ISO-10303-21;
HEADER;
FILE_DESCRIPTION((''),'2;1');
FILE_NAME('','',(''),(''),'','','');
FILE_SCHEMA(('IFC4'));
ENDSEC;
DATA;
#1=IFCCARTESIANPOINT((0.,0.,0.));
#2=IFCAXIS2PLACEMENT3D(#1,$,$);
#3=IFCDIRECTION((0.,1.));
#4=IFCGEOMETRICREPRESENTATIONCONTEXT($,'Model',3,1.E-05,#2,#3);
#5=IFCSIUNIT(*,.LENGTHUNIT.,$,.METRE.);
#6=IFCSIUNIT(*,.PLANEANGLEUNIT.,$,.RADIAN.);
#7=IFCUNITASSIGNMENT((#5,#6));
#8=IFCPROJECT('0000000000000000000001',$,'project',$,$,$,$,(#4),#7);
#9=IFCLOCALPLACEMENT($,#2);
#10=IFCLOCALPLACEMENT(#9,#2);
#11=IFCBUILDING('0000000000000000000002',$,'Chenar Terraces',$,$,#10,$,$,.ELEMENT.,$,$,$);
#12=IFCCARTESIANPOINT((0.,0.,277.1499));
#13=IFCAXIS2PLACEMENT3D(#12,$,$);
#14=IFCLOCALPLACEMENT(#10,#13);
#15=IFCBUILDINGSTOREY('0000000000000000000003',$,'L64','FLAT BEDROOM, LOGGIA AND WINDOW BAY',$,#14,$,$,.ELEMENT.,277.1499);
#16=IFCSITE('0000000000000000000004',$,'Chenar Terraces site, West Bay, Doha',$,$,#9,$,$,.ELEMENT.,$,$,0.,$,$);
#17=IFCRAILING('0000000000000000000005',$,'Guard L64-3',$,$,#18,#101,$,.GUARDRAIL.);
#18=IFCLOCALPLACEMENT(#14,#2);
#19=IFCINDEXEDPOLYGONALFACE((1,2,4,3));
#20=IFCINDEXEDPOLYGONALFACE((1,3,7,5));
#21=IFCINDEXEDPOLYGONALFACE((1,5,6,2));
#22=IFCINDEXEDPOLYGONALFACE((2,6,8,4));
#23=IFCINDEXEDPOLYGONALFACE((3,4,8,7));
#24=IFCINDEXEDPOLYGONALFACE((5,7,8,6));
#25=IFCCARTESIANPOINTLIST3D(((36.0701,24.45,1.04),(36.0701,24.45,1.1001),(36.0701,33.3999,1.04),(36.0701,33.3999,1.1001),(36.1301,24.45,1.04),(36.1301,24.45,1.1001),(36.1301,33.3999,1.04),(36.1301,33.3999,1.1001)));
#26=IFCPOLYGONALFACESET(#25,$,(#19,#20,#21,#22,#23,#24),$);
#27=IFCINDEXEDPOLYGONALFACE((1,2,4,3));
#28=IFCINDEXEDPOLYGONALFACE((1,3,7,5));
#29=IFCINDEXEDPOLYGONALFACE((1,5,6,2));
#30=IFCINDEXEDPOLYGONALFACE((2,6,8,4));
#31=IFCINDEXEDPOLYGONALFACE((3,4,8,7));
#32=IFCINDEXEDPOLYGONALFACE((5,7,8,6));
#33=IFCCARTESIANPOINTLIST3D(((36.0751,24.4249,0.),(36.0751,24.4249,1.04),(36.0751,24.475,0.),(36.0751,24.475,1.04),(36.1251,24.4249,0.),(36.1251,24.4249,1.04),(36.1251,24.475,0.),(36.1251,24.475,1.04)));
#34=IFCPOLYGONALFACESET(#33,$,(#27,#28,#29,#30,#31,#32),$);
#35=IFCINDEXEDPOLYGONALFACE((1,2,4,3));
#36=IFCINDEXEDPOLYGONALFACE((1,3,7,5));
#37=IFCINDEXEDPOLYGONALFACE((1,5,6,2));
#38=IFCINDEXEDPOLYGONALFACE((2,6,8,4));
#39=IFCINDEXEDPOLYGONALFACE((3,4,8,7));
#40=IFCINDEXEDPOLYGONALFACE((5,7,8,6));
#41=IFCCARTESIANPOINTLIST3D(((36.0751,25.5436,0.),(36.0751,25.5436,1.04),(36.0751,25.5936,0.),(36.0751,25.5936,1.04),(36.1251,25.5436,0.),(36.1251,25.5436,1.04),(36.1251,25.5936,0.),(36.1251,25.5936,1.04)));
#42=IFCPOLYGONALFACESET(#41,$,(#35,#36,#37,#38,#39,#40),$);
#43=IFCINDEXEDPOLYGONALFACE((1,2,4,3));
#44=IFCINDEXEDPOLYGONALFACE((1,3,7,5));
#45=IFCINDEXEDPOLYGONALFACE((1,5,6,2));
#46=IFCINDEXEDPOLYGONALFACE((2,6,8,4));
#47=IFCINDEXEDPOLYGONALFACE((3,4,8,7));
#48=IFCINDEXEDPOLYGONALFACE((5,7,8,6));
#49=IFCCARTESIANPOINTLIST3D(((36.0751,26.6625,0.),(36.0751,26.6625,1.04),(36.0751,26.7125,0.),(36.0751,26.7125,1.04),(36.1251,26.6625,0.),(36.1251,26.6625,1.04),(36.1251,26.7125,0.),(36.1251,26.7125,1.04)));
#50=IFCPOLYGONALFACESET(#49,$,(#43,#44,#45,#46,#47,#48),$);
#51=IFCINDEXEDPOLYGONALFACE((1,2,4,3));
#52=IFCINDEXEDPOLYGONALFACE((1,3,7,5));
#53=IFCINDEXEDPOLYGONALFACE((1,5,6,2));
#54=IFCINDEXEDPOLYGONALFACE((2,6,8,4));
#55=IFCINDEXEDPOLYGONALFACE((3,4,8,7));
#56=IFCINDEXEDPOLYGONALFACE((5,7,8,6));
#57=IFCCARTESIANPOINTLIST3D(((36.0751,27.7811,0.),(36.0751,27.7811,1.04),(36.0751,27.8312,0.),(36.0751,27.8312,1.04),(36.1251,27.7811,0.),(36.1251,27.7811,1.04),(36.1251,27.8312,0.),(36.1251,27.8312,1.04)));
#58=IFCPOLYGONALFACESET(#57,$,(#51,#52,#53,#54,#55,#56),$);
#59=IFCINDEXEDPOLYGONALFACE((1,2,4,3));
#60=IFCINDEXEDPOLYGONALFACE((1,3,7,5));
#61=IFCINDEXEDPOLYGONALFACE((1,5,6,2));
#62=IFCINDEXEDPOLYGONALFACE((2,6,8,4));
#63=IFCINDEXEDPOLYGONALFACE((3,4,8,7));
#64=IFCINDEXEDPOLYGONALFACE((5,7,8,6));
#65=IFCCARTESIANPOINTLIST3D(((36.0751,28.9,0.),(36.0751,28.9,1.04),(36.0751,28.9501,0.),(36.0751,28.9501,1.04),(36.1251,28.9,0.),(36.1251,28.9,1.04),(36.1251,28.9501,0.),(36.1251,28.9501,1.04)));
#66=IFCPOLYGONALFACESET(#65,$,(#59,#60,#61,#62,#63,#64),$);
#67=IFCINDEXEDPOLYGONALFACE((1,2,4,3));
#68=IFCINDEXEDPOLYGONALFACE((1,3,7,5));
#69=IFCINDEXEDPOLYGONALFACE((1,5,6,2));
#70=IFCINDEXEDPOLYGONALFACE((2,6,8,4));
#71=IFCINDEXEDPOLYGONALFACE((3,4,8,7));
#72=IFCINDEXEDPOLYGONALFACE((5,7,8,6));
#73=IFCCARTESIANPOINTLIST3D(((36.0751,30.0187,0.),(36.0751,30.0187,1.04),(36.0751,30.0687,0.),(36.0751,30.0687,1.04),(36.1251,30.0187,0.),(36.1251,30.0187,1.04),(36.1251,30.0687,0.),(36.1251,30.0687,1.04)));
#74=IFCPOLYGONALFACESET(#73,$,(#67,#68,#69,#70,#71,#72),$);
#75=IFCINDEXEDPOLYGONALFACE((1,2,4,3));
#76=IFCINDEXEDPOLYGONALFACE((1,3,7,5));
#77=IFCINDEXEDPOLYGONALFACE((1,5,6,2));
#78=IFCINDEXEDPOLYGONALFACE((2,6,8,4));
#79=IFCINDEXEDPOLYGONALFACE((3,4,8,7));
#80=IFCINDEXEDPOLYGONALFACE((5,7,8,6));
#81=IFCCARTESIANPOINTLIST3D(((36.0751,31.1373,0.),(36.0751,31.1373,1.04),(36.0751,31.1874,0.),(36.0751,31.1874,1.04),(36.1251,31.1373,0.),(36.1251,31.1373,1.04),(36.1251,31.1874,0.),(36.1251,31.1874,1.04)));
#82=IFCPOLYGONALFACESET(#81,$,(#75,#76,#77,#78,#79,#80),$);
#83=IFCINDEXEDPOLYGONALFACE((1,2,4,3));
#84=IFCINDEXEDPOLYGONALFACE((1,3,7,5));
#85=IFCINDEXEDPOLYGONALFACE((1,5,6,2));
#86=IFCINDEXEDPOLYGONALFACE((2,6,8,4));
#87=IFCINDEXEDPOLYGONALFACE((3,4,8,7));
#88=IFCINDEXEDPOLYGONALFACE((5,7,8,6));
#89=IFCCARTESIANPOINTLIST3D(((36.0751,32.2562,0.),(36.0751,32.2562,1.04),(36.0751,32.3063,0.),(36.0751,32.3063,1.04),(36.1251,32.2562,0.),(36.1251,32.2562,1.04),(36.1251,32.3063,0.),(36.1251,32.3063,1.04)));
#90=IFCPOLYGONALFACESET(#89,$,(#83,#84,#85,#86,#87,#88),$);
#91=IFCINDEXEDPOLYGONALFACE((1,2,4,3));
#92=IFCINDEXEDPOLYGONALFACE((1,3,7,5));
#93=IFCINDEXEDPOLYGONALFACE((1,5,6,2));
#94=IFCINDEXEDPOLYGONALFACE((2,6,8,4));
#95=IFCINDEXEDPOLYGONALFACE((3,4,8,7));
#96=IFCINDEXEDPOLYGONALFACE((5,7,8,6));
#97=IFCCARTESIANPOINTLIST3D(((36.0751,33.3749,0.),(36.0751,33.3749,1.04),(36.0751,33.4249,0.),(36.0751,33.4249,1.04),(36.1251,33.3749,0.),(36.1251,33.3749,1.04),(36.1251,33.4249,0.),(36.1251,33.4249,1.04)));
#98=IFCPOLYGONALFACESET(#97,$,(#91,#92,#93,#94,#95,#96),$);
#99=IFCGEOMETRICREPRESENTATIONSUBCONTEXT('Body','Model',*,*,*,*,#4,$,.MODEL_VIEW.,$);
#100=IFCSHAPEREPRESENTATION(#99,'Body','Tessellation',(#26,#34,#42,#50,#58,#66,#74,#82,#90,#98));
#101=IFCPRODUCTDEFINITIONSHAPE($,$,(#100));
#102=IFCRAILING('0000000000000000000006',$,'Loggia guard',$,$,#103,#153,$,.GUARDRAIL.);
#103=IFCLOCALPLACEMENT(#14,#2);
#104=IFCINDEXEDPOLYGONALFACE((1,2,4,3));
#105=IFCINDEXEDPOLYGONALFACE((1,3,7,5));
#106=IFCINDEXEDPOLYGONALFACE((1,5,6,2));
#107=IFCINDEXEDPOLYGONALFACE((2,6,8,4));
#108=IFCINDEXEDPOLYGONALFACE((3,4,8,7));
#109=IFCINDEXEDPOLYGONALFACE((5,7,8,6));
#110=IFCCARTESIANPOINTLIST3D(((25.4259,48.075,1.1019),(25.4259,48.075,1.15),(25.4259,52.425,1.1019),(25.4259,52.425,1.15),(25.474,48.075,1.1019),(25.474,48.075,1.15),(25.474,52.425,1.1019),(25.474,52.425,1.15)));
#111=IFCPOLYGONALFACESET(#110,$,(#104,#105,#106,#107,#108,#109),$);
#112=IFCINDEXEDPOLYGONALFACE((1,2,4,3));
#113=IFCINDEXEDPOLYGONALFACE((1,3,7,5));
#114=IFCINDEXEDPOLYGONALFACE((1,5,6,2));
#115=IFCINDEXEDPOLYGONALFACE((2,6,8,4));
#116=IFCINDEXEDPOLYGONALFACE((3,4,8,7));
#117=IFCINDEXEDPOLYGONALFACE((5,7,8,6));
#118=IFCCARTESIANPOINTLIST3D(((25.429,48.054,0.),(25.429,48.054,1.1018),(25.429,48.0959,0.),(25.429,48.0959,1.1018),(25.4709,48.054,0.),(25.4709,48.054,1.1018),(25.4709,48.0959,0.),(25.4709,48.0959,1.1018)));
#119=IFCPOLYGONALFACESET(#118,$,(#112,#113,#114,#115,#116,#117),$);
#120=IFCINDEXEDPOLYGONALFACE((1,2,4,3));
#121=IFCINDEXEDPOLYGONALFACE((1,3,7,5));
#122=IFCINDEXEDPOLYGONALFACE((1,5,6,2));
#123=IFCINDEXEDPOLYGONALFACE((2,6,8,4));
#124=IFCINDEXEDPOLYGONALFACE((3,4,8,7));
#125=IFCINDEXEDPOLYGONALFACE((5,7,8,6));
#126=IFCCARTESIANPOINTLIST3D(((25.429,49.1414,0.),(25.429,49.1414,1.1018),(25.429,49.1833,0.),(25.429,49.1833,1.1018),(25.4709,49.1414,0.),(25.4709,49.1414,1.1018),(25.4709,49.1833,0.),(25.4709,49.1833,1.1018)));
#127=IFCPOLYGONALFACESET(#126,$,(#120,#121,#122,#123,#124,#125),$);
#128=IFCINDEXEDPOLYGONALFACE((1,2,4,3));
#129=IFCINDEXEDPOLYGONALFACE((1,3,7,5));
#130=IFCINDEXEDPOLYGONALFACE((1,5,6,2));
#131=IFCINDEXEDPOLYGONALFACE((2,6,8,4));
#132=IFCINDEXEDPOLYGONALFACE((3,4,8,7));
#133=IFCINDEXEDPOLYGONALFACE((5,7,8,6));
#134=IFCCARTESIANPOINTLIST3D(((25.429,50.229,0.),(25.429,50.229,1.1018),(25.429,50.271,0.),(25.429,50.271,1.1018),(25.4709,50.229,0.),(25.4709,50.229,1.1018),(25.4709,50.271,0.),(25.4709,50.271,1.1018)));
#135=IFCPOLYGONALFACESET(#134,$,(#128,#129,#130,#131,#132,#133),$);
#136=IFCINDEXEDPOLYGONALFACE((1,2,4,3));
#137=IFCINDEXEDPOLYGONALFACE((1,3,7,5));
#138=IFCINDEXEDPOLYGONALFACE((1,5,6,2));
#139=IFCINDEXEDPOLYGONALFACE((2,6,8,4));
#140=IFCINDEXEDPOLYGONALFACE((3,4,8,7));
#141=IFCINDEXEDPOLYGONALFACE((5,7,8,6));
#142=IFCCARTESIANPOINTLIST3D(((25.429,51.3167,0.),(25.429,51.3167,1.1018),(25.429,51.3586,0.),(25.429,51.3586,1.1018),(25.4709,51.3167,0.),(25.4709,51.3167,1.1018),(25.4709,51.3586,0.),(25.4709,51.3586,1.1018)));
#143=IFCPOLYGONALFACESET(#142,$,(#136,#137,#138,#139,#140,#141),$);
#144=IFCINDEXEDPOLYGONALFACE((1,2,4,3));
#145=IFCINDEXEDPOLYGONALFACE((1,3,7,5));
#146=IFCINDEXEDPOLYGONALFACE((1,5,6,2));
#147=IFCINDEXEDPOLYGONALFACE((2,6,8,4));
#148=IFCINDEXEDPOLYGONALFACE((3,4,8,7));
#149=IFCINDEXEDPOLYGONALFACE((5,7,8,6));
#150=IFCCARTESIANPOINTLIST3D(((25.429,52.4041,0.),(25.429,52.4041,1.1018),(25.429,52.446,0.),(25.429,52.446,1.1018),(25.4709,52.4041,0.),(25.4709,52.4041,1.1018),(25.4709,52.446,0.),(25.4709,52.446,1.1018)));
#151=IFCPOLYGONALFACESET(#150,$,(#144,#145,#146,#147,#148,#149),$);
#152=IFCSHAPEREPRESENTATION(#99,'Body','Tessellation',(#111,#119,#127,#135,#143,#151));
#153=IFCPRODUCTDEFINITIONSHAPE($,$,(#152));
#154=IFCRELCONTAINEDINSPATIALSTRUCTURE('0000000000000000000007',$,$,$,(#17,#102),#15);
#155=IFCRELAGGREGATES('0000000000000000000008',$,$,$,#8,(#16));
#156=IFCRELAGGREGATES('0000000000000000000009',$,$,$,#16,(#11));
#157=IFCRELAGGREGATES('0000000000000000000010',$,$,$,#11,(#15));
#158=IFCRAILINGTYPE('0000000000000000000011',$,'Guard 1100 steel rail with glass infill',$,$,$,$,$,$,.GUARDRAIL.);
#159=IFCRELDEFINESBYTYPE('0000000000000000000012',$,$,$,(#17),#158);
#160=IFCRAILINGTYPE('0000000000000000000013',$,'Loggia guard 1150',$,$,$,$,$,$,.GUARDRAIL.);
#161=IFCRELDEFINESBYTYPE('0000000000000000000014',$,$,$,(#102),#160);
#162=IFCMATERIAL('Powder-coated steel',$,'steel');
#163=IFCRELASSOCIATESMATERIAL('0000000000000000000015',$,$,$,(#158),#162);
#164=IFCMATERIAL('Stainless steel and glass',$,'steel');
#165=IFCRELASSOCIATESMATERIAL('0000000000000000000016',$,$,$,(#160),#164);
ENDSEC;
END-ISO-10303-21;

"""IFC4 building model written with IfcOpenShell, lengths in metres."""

from ifc_helpers import new_model, si_unit, direction, frame, origin, origin_2d, place, context, subcontext, project, spatial, rectangle, extrude, material, type_object, element, save


model = new_model("IFC4")

# Units and contexts
model_context = context("Model", 3, precision=1e-05, world=origin(), true_north=direction((0.0, 1.0)))
body_context = subcontext(model_context, "Body", "Model", "MODEL_VIEW")
ifc_project = project(units=[si_unit("LENGTHUNIT", "METRE"), si_unit("PLANEANGLEUNIT", "RADIAN")], contexts=[model_context])

# Site, building, storey
site_placement = place(None, origin())
site = spatial("IfcSite", under=ifc_project, at=site_placement, Name="Chenar Terraces site, West Bay, Doha", CompositionType="ELEMENT", RefElevation=0.0)
building_placement = place(site_placement, origin())
building = spatial("IfcBuilding", under=site, at=building_placement, Name="Chenar Terraces", CompositionType="ELEMENT")
storey_placement = place(building_placement, frame((0.0, 0.0, 277.1499)))
storey = spatial("IfcBuildingStorey", under=building, at=storey_placement, Name="L64", Description="FLAT BEDROOM, LOGGIA AND WINDOW BAY", CompositionType="ELEMENT", Elevation=277.1499)

# Railings
ifc_material_1 = material(Name="Powder-coated steel", Category="steel")
railing_type_1 = type_object("IfcRailingType", Name="Guard 1100 steel rail with glass infill", PredefinedType="GUARDRAIL", material=ifc_material_1)
railing_1_placement = place(storey_placement, frame((36.1001, 24.45, 0.0)))
element("IfcRailing", 1, at=railing_1_placement, inside=storey, type_object=railing_type_1, Name="Guard L64-3", PredefinedType="GUARDRAIL", context=body_context, shape_type="SweptSolid", body=[
    extrude(rectangle(XDim=0.0601, YDim=0.0601, at=origin_2d()), frame((0.0, 0.0, 1.0701), z_axis=(0.0, 1.0, 0.0), x_axis=(-1.0, 0.0, 0.0)), (0.0, 0.0, 1.0), 8.95),
    extrude(rectangle(XDim=0.05, YDim=0.05, at=origin_2d()), origin(), (0.0, 0.0, 1.0), 1.04),
    extrude(rectangle(XDim=0.05, YDim=0.05, at=origin_2d()), frame((0.0, 1.1187, 0.0)), (0.0, 0.0, 1.0), 1.04),
    extrude(rectangle(XDim=0.05, YDim=0.05, at=origin_2d()), frame((0.0, 2.2375, 0.0)), (0.0, 0.0, 1.0), 1.04),
    extrude(rectangle(XDim=0.05, YDim=0.05, at=origin_2d()), frame((0.0, 3.3562, 0.0)), (0.0, 0.0, 1.0), 1.04),
    extrude(rectangle(XDim=0.05, YDim=0.05, at=origin_2d()), frame((0.0, 4.4751, 0.0)), (0.0, 0.0, 1.0), 1.04),
    extrude(rectangle(XDim=0.05, YDim=0.05, at=origin_2d()), frame((0.0, 5.5938, 0.0)), (0.0, 0.0, 1.0), 1.04),
    extrude(rectangle(XDim=0.05, YDim=0.05, at=origin_2d()), frame((0.0, 6.7124, 0.0)), (0.0, 0.0, 1.0), 1.04),
    extrude(rectangle(XDim=0.05, YDim=0.05, at=origin_2d()), frame((0.0, 7.8313, 0.0)), (0.0, 0.0, 1.0), 1.04),
    extrude(rectangle(XDim=0.05, YDim=0.05, at=origin_2d()), frame((0.0, 8.95, 0.0)), (0.0, 0.0, 1.0), 1.04),
])
ifc_material_2 = material(Name="Stainless steel and glass", Category="steel")
railing_type_2 = type_object("IfcRailingType", Name="Loggia guard 1150", PredefinedType="GUARDRAIL", material=ifc_material_2)
railing_2_placement = place(storey_placement, frame((25.45, 48.075, 0.0)))
element("IfcRailing", 2, at=railing_2_placement, inside=storey, type_object=railing_type_2, Name="Loggia guard", PredefinedType="GUARDRAIL", context=body_context, shape_type="SweptSolid", body=[
    extrude(rectangle(XDim=0.0481, YDim=0.0481, at=origin_2d()), frame((0.0, 0.0, 1.126), z_axis=(0.0, 1.0, 0.0), x_axis=(-1.0, 0.0, 0.0)), (0.0, 0.0, 1.0), 4.3501),
    extrude(rectangle(XDim=0.042, YDim=0.042, at=origin_2d()), origin(), (0.0, 0.0, 1.0), 1.1018),
    extrude(rectangle(XDim=0.042, YDim=0.042, at=origin_2d()), frame((0.0, 1.0874, 0.0)), (0.0, 0.0, 1.0), 1.1018),
    extrude(rectangle(XDim=0.042, YDim=0.042, at=origin_2d()), frame((0.0, 2.175, 0.0)), (0.0, 0.0, 1.0), 1.1018),
    extrude(rectangle(XDim=0.042, YDim=0.042, at=origin_2d()), frame((0.0, 3.2627, 0.0)), (0.0, 0.0, 1.0), 1.1018),
    extrude(rectangle(XDim=0.042, YDim=0.042, at=origin_2d()), frame((0.0, 4.3501, 0.0)), (0.0, 0.0, 1.0), 1.1018),
])

save(model, "model.ifc")
